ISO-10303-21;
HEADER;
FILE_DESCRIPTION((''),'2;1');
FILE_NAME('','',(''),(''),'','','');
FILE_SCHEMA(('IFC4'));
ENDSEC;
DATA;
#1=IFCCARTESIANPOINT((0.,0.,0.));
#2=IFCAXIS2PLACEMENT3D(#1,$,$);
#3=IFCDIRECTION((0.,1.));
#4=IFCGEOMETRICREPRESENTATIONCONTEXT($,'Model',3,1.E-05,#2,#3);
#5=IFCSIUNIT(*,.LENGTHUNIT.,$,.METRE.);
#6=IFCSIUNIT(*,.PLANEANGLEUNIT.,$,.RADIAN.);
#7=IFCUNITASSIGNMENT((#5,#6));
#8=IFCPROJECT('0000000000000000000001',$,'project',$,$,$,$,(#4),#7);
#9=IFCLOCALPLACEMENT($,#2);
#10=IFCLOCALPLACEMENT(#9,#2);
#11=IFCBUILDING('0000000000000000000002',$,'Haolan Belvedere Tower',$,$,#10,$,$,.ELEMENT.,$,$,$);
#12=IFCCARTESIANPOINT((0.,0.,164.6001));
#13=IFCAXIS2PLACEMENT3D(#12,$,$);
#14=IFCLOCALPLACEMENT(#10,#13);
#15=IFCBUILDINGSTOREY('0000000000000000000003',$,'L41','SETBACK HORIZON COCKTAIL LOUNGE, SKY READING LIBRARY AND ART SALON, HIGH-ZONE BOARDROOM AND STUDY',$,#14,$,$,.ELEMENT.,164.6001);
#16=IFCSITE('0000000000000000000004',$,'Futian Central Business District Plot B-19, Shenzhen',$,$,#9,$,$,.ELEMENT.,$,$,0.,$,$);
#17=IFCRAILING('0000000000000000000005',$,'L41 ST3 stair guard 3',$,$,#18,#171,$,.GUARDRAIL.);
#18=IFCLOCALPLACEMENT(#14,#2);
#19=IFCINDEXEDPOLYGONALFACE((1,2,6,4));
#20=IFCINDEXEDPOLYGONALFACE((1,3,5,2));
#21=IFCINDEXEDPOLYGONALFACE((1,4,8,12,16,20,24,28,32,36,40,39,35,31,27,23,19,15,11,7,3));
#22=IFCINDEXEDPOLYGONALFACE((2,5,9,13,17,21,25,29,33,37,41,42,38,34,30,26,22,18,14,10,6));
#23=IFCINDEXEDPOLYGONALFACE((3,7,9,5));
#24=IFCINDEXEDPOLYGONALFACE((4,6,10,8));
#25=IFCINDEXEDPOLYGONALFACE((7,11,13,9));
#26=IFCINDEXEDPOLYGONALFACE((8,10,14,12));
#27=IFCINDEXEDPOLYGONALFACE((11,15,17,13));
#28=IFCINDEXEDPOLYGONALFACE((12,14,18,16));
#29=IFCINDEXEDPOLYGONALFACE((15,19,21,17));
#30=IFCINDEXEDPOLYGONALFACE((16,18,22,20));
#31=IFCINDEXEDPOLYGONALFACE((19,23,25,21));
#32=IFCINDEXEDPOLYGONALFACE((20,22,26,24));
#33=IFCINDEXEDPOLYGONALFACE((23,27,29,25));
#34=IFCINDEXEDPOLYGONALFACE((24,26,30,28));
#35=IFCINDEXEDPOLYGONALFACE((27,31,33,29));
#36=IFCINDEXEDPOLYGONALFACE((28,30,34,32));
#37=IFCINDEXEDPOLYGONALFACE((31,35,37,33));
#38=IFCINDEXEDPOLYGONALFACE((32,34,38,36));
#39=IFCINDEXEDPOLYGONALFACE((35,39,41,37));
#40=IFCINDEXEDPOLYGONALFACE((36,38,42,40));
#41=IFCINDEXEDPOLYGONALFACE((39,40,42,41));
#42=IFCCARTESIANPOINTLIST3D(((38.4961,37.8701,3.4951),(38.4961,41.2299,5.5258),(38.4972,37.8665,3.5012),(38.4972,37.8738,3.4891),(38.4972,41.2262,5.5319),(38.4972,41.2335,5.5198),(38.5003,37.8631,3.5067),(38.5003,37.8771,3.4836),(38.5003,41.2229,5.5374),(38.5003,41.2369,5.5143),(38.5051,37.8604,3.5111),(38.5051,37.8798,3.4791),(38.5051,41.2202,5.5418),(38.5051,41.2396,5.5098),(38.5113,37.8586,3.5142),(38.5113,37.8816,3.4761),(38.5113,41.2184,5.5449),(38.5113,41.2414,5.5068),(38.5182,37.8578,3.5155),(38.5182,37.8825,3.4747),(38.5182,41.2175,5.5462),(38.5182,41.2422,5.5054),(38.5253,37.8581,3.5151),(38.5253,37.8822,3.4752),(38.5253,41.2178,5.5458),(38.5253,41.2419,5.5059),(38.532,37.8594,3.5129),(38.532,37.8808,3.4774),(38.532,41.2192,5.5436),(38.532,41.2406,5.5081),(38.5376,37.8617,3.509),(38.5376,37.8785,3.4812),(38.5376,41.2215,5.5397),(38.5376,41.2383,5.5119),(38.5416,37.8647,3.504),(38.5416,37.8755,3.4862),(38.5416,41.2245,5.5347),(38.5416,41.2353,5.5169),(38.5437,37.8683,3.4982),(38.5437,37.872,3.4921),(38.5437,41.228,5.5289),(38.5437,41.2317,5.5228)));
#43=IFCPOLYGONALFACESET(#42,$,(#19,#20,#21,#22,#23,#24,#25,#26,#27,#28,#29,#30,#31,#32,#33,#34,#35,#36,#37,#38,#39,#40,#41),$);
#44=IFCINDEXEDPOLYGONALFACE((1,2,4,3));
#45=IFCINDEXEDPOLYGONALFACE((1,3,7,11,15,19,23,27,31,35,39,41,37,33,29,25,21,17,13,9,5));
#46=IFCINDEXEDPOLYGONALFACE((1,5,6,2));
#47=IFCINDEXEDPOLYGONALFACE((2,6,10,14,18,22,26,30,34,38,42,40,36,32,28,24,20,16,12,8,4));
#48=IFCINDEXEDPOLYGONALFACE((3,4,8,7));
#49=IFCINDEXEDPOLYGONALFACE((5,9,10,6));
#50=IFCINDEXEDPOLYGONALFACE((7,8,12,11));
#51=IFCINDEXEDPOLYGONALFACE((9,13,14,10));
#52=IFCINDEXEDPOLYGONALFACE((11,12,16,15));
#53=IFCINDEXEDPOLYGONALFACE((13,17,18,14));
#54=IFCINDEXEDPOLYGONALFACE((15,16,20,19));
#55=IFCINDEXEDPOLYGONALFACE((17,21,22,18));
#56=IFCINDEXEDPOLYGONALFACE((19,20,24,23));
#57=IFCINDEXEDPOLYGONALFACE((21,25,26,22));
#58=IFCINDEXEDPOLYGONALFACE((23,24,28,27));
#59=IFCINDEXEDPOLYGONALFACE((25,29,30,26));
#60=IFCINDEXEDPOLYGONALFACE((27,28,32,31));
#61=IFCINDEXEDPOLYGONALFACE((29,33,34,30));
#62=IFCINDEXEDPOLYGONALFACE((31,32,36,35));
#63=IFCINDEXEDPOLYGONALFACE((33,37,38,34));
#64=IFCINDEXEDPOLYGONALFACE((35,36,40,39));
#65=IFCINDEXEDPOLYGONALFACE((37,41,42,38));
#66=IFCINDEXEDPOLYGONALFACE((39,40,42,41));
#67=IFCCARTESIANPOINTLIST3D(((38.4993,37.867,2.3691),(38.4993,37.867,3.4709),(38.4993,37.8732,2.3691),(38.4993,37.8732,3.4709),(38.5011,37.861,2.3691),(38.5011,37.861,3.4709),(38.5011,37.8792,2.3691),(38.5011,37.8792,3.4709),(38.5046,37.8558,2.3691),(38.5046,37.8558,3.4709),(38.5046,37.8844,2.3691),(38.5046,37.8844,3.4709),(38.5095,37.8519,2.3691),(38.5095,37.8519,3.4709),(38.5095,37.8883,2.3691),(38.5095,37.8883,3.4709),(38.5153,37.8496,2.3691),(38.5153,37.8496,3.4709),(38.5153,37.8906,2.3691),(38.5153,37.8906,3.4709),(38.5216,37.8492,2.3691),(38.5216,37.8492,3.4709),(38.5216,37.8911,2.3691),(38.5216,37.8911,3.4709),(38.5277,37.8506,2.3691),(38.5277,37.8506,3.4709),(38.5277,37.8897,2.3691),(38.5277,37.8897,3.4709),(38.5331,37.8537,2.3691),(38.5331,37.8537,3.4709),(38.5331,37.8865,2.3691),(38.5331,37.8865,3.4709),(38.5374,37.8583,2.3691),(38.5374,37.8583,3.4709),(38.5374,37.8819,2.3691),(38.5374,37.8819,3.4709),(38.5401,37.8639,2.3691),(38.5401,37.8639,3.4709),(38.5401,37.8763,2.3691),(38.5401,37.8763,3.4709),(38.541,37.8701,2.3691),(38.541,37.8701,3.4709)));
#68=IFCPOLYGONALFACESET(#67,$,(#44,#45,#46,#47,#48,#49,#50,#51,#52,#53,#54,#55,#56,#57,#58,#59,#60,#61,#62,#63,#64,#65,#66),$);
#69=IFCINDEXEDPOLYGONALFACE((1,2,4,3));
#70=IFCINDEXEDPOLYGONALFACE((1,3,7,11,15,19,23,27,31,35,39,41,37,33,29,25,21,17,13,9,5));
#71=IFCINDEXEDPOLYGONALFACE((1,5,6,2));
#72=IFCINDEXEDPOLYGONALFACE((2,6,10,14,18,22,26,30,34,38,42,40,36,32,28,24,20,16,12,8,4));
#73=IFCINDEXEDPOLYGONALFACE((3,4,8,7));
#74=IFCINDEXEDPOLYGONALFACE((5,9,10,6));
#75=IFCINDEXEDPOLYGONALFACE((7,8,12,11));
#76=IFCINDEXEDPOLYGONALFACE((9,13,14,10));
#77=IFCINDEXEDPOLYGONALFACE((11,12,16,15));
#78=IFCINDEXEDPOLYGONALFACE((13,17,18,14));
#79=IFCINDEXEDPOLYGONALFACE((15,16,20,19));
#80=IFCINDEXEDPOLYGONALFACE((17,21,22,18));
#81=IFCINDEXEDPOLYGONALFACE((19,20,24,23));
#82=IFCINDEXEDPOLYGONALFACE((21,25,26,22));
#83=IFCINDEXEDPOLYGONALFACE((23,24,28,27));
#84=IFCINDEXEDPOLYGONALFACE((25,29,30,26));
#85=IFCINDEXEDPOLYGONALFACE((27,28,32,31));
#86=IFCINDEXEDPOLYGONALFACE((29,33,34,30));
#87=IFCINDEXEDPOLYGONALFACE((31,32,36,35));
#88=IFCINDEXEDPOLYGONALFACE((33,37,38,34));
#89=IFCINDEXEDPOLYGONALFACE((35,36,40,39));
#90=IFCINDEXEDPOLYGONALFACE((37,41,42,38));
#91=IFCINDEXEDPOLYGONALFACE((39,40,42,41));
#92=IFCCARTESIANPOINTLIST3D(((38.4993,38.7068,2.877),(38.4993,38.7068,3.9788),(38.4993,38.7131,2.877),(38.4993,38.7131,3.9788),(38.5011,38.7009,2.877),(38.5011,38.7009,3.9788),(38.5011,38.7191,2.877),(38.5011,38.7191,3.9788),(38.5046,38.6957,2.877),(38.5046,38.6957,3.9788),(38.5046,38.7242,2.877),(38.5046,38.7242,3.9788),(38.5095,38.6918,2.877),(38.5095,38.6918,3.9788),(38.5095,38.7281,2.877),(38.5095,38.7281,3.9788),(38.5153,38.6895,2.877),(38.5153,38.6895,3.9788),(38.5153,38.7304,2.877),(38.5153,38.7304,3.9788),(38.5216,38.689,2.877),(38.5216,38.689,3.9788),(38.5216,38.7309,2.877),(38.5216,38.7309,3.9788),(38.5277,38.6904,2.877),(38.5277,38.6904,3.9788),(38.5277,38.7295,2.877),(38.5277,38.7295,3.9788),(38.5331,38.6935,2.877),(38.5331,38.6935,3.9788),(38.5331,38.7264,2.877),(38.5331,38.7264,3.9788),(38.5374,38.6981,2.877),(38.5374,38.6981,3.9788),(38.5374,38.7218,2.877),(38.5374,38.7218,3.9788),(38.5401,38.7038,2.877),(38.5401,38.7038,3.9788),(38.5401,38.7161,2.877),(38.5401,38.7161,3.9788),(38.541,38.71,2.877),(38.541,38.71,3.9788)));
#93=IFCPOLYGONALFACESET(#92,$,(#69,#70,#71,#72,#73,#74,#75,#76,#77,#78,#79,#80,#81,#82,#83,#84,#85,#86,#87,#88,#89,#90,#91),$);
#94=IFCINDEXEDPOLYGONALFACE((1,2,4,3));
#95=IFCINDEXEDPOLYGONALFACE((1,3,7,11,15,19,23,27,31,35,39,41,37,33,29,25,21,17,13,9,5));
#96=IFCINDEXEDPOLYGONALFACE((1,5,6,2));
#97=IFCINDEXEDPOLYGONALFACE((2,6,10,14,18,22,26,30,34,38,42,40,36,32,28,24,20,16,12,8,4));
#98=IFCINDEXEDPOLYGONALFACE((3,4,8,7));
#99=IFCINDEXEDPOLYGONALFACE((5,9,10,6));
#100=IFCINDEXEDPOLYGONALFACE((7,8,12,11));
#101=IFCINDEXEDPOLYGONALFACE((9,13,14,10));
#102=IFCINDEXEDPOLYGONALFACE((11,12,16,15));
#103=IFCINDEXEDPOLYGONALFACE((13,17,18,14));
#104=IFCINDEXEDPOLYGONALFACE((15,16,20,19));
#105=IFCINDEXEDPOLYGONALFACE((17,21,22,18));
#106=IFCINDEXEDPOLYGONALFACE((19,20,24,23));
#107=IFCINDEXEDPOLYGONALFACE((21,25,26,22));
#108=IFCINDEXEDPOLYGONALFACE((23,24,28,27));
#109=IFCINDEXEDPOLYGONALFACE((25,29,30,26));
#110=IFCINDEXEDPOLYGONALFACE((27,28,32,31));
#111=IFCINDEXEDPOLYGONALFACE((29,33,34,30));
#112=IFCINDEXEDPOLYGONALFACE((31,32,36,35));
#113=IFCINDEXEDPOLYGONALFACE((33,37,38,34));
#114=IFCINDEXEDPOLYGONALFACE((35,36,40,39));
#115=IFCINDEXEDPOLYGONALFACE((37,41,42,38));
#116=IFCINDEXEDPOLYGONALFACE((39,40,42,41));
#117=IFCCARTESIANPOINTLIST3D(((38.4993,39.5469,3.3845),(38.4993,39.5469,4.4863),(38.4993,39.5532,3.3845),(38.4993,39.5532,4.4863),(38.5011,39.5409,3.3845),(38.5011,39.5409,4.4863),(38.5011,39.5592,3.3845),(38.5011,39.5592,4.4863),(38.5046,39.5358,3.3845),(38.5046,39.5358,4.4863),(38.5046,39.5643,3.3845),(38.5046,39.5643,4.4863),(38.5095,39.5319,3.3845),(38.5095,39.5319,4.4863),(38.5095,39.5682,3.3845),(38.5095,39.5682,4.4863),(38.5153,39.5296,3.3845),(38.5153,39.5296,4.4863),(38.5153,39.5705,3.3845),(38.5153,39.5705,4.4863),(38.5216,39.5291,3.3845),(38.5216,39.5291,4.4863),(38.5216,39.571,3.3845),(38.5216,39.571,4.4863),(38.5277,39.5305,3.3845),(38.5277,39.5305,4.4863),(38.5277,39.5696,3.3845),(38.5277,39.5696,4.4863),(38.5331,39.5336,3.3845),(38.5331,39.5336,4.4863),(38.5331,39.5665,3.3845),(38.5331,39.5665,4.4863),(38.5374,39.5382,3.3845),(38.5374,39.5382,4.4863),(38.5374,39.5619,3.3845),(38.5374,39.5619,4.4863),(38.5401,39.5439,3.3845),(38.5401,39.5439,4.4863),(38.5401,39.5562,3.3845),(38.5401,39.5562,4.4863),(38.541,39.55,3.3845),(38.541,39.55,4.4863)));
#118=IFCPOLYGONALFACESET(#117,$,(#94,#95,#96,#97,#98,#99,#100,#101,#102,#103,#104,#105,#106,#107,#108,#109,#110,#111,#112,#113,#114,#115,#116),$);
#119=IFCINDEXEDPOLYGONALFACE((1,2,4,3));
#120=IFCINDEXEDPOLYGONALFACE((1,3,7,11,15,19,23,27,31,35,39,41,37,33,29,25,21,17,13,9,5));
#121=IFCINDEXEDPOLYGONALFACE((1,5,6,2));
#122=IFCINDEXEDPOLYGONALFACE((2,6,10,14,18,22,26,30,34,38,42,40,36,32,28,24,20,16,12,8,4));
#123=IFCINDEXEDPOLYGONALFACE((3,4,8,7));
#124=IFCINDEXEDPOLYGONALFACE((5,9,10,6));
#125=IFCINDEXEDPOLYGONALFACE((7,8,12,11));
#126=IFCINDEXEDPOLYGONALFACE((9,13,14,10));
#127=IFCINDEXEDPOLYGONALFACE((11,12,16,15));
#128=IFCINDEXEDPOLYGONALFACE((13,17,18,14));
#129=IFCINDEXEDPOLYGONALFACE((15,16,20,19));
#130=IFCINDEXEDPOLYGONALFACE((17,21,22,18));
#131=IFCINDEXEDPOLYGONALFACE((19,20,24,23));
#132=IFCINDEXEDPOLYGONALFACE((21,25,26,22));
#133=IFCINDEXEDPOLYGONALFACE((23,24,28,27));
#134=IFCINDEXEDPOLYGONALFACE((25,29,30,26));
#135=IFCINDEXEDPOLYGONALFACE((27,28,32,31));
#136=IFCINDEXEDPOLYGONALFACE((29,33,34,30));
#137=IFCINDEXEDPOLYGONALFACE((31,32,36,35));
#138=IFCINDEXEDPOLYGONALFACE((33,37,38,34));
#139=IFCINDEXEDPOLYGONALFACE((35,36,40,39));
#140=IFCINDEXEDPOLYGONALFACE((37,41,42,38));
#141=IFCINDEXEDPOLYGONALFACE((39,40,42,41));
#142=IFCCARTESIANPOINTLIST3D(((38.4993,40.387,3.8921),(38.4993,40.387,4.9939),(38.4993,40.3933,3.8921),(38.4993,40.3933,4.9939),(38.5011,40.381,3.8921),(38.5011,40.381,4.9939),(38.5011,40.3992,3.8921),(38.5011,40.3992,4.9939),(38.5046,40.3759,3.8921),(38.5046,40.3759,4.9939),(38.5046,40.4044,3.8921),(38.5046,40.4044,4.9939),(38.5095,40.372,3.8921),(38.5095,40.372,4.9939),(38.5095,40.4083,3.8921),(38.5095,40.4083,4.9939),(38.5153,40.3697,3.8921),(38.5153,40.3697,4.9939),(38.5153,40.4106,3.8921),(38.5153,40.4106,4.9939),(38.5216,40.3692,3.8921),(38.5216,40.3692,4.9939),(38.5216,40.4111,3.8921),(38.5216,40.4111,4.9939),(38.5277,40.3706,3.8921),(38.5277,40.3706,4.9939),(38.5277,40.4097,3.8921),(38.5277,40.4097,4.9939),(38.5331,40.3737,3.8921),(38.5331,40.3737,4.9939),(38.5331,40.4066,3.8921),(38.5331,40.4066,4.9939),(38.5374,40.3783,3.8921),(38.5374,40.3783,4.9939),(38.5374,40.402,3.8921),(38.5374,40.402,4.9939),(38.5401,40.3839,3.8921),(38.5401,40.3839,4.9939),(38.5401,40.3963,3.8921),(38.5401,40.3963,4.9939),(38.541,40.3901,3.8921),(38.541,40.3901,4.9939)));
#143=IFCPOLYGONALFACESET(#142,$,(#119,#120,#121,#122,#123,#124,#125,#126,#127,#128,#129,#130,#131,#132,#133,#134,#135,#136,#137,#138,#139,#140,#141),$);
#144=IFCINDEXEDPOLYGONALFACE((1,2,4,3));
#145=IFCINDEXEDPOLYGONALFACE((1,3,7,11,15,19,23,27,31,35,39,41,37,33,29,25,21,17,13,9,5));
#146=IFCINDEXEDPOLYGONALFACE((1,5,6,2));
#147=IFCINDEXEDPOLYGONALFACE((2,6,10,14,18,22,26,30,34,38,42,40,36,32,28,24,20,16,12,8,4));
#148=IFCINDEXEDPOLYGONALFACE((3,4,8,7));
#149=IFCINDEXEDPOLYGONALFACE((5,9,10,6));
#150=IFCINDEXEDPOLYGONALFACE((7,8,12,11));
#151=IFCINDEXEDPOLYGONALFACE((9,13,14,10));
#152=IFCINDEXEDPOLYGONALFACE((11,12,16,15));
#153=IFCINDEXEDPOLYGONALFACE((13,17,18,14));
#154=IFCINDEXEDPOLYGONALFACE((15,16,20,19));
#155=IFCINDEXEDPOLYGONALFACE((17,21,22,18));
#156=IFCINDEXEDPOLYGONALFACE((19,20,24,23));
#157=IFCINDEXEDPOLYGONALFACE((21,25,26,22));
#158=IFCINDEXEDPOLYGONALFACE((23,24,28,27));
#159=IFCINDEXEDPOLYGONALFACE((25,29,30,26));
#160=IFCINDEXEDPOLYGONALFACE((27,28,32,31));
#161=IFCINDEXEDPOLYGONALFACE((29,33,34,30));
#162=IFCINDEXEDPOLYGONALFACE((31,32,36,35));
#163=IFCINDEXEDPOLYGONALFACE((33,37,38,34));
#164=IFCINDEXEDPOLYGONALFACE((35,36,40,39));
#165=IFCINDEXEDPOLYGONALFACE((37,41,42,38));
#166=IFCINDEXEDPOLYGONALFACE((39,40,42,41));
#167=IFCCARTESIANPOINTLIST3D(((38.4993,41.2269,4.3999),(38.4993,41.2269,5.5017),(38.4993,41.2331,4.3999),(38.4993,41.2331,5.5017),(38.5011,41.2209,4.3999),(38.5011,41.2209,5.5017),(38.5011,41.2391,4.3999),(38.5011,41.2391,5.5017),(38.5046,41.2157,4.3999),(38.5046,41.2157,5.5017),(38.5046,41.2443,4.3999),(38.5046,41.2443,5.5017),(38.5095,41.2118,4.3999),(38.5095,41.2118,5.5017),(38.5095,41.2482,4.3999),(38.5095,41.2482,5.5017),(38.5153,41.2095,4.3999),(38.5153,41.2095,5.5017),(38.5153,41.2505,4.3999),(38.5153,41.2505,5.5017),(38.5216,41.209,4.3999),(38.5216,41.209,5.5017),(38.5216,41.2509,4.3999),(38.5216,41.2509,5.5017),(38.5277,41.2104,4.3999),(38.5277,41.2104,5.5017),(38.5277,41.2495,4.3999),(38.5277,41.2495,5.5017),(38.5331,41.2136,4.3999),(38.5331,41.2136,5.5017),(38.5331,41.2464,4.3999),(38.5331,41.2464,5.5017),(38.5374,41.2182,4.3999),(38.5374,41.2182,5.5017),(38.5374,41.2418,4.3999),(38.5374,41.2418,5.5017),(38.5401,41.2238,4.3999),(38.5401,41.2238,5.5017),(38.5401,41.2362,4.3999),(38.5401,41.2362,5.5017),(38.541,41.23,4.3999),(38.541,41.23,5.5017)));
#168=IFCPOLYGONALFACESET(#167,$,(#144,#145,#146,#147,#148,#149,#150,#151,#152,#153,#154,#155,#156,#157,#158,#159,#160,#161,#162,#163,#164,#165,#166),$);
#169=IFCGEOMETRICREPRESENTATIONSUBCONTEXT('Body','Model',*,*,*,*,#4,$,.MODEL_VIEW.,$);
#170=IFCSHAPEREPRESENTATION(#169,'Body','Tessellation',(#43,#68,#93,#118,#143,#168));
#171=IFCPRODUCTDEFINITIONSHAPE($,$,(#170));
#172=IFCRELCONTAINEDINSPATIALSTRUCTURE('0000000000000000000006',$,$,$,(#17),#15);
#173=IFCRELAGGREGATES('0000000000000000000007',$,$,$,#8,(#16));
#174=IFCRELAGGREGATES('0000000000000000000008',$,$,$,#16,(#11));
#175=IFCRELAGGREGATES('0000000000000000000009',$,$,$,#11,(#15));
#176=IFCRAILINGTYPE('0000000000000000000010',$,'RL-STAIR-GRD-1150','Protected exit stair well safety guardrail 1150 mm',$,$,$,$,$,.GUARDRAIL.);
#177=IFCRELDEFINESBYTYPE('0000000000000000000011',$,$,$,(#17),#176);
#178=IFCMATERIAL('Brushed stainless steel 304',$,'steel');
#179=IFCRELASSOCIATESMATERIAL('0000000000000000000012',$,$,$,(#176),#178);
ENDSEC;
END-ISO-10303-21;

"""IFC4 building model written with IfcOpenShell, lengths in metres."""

from ifc_helpers import new_model, si_unit, direction, frame, origin, origin_2d, place, context, subcontext, project, spatial, circle, extrude, material, type_object, element, save


model = new_model("IFC4")

# Units and contexts
model_context = context("Model", 3, precision=1e-05, world=origin(), true_north=direction((0.0, 1.0)))
body_context = subcontext(model_context, "Body", "Model", "MODEL_VIEW")
ifc_project = project(units=[si_unit("LENGTHUNIT", "METRE"), si_unit("PLANEANGLEUNIT", "RADIAN")], contexts=[model_context])

# Site, building, storey
site_placement = place(None, origin())
site = spatial("IfcSite", under=ifc_project, at=site_placement, Name="Futian Central Business District Plot B-19, Shenzhen", CompositionType="ELEMENT", RefElevation=0.0)
building_placement = place(site_placement, origin())
building = spatial("IfcBuilding", under=site, at=building_placement, Name="Haolan Belvedere Tower", CompositionType="ELEMENT")
storey_placement = place(building_placement, frame((0.0, 0.0, 164.6001)))
storey = spatial("IfcBuildingStorey", under=building, at=storey_placement, Name="L41", Description="SETBACK HORIZON COCKTAIL LOUNGE, SKY READING LIBRARY AND ART SALON, HIGH-ZONE BOARDROOM AND STUDY", CompositionType="ELEMENT", Elevation=164.6001)

# Railing
ifc_material_1 = material(Name="Brushed stainless steel 304", Category="steel")
railing_type_1 = type_object("IfcRailingType", Name="RL-STAIR-GRD-1150", Description="Protected exit stair well safety guardrail 1150 mm", PredefinedType="GUARDRAIL", material=ifc_material_1)
railing_1_placement = place(storey_placement, frame((38.52, 37.8701, 2.3691)))
element("IfcRailing", 1, at=railing_1_placement, inside=storey, type_object=railing_type_1, Name="L41 ST3 stair guard 3", PredefinedType="GUARDRAIL", context=body_context, shape_type="SweptSolid", body=[
    extrude(circle(Radius=0.0239, at=origin_2d()), frame((0.0, 0.0, 1.126), z_axis=(0.0, 0.85582, 0.517273), x_axis=(-1.0, 0.0, 0.0)), (0.0, 0.0, 1.0), 3.9258),
    extrude(circle(Radius=0.021, at=origin_2d()), origin(), (0.0, 0.0, 1.0), 1.1018),
    extrude(circle(Radius=0.021, at=origin_2d()), frame((0.0, 0.8398, 0.5078)), (0.0, 0.0, 1.0), 1.1018),
    extrude(circle(Radius=0.021, at=origin_2d()), frame((0.0, 1.6799, 1.0154)), (0.0, 0.0, 1.0), 1.1018),
    extrude(circle(Radius=0.021, at=origin_2d()), frame((0.0, 2.52, 1.5229)), (0.0, 0.0, 1.0), 1.1018),
    extrude(circle(Radius=0.021, at=origin_2d()), frame((0.0, 3.3599, 2.0308)), (0.0, 0.0, 1.0), 1.1018),
])

save(model, "model.ifc")
